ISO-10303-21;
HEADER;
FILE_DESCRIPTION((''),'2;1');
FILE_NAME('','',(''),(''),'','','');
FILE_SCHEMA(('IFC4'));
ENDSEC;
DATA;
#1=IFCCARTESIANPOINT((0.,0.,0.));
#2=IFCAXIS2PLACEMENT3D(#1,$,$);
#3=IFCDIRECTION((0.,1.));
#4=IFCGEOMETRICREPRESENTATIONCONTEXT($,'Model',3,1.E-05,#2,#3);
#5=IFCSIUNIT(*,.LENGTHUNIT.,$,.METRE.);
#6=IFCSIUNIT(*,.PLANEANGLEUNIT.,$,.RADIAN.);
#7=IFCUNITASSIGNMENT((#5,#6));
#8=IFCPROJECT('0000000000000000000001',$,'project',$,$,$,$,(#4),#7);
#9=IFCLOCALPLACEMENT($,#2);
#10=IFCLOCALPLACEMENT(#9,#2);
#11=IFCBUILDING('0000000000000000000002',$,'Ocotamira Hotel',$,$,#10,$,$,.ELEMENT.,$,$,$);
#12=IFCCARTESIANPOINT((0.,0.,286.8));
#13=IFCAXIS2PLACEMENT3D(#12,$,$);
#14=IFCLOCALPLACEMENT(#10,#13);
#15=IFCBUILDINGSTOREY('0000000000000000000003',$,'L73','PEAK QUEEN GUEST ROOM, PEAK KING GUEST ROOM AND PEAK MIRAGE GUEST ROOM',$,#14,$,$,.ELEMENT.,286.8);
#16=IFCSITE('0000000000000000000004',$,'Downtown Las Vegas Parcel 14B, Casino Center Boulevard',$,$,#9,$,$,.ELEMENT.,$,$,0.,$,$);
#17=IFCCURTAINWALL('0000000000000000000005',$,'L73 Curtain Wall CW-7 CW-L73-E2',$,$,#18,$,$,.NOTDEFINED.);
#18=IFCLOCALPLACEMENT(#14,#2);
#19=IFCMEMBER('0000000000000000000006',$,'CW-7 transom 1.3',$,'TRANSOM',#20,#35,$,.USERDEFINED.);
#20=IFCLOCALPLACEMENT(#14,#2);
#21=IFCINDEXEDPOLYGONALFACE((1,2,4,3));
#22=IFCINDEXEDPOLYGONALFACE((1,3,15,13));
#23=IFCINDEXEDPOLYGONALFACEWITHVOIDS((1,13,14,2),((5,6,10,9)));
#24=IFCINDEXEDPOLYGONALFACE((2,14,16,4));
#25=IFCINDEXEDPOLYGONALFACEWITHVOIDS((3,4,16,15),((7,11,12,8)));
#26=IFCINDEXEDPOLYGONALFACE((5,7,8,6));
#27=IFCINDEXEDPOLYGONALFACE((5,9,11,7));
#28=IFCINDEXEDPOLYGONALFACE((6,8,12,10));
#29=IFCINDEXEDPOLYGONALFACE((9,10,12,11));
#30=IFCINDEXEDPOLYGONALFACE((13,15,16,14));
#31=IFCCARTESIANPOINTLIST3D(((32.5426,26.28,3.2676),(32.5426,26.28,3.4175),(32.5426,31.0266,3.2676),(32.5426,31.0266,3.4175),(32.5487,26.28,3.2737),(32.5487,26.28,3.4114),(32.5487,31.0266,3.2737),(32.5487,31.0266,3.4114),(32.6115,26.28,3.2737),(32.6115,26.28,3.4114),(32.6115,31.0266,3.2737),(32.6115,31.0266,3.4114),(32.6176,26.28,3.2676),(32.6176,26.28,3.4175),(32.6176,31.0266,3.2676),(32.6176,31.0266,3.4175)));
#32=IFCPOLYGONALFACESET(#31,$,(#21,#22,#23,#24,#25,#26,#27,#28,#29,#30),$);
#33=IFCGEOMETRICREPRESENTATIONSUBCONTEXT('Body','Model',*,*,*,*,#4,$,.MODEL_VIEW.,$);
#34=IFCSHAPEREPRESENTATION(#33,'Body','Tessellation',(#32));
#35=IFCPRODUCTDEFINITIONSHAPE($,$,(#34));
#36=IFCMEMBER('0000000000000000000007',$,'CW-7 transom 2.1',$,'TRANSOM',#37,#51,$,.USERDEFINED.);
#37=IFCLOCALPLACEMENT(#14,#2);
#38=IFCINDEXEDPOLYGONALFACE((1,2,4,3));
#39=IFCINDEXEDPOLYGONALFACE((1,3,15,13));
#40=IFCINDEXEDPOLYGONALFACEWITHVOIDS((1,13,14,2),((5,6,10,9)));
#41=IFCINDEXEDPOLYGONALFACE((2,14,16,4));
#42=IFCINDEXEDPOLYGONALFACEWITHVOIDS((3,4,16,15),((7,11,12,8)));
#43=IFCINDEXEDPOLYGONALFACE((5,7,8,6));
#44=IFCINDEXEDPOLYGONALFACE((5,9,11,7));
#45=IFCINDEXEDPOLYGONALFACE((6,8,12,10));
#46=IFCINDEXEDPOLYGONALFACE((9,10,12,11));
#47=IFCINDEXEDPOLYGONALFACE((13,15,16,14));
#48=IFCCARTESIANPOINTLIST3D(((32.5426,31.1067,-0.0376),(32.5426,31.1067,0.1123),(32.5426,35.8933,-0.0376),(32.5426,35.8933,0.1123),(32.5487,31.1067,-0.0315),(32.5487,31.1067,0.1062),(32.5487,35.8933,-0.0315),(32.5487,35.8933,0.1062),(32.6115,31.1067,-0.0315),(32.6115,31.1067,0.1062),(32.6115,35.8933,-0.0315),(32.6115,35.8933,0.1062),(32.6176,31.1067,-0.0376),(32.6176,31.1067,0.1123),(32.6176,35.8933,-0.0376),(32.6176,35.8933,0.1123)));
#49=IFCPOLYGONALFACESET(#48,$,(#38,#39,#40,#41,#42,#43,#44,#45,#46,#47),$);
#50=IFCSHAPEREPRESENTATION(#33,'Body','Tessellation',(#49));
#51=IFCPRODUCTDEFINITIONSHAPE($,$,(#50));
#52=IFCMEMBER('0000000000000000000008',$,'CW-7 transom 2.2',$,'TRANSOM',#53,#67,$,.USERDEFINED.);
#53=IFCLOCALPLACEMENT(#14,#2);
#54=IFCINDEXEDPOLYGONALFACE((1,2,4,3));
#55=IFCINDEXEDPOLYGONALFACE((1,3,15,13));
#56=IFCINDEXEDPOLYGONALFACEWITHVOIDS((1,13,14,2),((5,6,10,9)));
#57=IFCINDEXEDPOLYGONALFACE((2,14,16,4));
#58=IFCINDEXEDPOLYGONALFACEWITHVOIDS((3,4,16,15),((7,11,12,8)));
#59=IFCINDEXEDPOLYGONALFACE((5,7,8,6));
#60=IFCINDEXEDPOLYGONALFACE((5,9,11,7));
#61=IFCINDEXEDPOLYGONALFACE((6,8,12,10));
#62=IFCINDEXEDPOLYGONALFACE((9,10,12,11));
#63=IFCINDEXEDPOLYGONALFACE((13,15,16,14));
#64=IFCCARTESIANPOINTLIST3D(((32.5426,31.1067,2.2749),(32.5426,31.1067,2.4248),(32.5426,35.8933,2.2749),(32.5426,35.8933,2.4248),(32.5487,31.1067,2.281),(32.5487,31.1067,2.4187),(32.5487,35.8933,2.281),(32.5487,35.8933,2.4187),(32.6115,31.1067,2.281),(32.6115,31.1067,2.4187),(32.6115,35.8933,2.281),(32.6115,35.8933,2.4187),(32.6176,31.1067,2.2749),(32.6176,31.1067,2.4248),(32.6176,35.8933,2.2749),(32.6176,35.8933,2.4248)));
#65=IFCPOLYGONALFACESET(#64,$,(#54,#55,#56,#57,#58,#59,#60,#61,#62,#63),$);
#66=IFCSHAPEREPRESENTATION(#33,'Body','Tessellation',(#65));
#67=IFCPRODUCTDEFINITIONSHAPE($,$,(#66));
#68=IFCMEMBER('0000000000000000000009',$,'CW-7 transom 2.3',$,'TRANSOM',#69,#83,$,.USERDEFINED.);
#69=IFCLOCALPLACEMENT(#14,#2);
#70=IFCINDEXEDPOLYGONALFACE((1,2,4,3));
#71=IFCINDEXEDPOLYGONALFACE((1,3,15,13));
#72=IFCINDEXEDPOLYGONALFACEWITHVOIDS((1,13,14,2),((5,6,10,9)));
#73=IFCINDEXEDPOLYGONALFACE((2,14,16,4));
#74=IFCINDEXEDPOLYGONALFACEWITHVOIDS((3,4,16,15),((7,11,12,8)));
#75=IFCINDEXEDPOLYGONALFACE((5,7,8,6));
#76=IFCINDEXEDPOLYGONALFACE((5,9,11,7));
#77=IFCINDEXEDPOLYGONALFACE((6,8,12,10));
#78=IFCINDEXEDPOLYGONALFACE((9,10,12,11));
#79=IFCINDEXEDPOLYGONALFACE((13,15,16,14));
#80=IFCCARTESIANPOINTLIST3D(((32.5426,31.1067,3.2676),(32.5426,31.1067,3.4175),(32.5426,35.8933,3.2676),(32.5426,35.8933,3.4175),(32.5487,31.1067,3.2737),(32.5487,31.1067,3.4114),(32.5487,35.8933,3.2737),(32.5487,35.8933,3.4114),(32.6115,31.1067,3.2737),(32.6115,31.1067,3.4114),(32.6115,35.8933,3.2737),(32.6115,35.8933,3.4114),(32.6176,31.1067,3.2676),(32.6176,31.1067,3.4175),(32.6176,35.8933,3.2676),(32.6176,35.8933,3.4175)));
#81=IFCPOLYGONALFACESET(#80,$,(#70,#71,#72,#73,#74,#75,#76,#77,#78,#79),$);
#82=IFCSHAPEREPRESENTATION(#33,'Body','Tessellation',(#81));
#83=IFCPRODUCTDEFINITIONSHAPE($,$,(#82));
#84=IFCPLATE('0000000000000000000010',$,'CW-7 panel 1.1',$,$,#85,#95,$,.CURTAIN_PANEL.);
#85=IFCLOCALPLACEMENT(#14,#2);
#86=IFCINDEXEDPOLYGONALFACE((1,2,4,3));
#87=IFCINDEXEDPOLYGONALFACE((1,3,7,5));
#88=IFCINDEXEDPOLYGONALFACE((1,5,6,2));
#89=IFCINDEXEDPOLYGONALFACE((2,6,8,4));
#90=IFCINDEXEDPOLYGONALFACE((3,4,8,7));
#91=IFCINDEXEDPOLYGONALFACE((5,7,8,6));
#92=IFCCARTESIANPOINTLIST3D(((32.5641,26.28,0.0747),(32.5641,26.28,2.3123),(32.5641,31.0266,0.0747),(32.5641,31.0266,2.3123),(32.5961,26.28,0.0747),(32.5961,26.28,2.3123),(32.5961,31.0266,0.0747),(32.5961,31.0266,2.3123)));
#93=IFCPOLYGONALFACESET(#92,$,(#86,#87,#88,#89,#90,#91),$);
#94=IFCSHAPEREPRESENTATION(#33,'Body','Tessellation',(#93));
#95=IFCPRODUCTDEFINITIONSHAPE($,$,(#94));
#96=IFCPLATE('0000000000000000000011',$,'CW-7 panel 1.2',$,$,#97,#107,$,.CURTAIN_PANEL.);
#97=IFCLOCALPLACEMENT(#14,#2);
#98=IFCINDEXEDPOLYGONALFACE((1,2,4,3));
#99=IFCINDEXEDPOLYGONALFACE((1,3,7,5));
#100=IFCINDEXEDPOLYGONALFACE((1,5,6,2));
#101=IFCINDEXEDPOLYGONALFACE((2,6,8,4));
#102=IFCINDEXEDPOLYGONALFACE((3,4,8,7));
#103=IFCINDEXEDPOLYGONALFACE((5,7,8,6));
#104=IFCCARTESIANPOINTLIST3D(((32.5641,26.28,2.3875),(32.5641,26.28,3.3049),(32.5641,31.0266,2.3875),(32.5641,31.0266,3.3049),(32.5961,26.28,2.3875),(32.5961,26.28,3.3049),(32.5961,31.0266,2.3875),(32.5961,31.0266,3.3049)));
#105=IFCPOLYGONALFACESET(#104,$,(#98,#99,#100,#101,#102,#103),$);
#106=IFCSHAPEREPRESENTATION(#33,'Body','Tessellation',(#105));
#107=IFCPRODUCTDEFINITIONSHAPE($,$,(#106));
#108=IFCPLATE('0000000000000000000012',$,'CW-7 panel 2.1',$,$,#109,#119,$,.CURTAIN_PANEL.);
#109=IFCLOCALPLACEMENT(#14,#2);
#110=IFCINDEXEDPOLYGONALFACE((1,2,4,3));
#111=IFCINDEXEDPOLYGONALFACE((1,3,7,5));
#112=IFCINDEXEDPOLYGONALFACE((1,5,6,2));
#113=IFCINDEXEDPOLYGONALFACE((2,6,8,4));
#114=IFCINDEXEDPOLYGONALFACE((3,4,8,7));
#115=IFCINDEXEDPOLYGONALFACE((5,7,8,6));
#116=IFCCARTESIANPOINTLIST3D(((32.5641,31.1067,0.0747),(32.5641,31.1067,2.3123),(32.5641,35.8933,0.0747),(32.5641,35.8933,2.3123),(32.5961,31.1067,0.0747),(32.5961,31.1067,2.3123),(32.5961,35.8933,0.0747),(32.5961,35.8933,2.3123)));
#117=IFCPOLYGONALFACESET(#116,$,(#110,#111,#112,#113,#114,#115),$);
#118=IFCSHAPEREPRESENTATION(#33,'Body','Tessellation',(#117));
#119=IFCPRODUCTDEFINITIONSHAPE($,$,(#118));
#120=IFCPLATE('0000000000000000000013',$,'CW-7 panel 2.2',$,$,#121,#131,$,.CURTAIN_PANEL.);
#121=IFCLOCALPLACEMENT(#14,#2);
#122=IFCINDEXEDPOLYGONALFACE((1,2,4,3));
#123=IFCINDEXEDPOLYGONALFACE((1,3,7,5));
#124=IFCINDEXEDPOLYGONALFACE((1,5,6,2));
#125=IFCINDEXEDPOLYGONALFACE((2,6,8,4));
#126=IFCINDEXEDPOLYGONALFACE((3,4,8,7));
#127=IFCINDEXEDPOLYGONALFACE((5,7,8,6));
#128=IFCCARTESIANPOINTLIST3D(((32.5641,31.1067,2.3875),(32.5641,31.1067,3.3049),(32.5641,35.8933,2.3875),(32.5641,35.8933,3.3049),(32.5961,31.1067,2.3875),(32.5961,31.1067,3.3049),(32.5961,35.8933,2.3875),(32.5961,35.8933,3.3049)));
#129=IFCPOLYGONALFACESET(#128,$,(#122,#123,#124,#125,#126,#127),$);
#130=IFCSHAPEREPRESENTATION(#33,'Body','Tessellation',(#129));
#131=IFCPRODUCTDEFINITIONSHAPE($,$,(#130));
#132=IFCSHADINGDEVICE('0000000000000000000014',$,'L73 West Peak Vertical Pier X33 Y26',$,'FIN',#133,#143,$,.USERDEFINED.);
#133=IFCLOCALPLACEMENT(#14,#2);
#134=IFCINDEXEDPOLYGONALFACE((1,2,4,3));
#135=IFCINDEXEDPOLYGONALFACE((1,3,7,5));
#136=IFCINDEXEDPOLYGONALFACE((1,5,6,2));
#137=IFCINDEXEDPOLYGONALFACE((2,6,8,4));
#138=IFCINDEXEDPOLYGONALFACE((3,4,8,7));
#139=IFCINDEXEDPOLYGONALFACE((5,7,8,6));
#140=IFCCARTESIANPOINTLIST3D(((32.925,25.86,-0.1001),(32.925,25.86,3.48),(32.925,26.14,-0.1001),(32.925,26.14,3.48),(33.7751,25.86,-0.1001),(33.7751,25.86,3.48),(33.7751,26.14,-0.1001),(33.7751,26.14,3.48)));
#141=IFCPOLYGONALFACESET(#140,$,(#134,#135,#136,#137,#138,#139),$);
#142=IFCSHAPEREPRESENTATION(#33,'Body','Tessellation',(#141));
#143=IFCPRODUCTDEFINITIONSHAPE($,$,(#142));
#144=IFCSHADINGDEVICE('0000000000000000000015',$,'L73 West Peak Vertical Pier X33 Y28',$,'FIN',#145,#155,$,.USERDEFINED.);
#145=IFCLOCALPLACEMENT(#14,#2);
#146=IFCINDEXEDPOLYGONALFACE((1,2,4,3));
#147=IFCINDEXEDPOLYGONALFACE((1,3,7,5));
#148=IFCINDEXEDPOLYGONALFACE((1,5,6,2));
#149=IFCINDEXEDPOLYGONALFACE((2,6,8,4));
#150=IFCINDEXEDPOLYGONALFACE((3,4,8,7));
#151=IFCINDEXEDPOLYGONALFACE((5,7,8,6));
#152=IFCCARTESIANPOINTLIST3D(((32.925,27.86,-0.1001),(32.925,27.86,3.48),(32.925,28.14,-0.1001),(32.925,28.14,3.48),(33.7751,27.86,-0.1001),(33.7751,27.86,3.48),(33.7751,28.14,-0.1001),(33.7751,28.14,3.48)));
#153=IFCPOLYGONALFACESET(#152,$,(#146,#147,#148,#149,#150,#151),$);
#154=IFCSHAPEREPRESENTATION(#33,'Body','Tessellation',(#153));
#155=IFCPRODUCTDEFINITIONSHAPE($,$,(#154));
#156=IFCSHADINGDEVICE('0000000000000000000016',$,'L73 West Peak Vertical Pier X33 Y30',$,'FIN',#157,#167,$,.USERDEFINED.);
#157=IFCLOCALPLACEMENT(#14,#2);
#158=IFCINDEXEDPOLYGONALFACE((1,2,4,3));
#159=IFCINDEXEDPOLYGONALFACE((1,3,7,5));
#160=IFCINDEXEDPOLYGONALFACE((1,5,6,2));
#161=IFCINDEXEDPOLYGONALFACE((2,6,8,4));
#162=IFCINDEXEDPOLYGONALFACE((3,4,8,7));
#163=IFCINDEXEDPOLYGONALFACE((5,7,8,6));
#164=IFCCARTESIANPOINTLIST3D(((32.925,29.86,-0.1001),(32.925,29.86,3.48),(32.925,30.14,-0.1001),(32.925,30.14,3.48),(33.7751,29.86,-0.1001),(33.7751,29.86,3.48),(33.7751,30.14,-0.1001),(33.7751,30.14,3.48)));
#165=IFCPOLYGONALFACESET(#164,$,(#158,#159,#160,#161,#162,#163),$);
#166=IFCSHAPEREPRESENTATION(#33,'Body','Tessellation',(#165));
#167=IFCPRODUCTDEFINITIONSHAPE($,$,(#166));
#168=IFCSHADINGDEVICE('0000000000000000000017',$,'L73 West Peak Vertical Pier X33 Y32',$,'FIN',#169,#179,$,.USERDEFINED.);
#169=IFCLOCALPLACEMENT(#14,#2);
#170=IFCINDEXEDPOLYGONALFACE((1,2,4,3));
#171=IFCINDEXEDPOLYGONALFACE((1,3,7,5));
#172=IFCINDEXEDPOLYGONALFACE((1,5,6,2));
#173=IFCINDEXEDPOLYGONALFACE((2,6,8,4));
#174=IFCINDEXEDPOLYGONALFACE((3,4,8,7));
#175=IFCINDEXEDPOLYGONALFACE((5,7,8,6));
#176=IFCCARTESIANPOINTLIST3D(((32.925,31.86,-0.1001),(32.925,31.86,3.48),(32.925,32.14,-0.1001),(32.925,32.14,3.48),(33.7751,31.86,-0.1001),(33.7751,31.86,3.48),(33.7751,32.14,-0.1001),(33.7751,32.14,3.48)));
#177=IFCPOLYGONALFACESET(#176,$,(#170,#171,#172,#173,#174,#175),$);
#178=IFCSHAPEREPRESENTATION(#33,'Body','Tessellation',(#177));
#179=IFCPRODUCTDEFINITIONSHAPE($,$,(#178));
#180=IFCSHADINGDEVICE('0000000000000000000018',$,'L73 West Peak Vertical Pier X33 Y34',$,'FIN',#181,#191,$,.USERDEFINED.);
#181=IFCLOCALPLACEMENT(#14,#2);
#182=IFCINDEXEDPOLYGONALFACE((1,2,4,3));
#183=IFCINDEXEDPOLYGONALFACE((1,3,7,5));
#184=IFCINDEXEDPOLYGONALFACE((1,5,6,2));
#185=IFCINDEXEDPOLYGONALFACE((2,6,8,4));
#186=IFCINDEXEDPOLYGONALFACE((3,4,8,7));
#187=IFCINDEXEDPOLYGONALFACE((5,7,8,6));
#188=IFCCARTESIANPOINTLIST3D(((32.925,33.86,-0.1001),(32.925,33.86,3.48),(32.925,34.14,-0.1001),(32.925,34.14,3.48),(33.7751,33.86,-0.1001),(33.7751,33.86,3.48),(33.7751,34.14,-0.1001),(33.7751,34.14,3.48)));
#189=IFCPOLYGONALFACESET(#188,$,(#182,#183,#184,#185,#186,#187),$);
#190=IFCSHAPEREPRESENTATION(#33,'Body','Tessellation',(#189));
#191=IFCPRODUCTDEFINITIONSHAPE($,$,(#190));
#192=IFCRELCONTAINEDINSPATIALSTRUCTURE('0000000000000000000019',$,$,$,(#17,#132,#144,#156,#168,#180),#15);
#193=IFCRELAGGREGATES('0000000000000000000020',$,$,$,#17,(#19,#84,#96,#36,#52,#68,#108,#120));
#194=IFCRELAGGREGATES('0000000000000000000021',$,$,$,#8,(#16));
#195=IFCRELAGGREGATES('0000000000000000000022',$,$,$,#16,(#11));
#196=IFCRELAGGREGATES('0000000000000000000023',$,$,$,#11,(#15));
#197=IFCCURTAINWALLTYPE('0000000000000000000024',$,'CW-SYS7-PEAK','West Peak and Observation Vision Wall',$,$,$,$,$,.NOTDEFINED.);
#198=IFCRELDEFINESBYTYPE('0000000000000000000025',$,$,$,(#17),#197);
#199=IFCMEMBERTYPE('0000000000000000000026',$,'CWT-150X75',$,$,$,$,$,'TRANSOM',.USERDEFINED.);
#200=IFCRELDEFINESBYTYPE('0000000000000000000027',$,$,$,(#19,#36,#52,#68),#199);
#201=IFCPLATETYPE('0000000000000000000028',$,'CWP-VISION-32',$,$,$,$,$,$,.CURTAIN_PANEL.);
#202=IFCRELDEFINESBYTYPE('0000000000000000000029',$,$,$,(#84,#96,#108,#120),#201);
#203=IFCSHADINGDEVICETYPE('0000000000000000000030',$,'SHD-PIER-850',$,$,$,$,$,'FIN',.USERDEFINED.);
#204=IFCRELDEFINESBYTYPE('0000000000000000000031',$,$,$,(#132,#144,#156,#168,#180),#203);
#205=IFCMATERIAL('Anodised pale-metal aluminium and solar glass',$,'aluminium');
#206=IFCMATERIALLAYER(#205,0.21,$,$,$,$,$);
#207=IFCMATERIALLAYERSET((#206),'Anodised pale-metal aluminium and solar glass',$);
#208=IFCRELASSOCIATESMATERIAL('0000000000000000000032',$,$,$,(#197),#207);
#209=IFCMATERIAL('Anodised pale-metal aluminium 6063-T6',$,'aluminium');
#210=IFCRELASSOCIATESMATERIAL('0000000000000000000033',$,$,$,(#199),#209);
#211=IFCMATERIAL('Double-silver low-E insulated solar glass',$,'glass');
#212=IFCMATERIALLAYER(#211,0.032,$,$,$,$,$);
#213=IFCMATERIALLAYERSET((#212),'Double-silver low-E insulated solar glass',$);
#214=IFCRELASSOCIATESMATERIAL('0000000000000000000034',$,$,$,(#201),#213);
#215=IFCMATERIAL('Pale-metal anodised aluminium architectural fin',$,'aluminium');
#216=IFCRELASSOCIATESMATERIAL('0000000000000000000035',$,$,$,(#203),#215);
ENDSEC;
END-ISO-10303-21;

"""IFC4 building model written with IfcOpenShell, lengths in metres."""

from ifc_helpers import new_model, si_unit, direction, frame, origin, origin_2d, place, context, subcontext, project, spatial, rectangle, hollow_rectangle, extrude, source, transform, mapped, material, layer, layer_set, material_profile, profile_set, type_object, element, aggregate, save


model = new_model("IFC4")

# Units and contexts
model_context = context("Model", 3, precision=1e-05, world=origin(), true_north=direction((0.0, 1.0)))
body_context = subcontext(model_context, "Body", "Model", "MODEL_VIEW")
ifc_project = project(units=[si_unit("LENGTHUNIT", "METRE"), si_unit("PLANEANGLEUNIT", "RADIAN")], contexts=[model_context])

# Site, building, storey
site_placement = place(None, origin())
site = spatial("IfcSite", under=ifc_project, at=site_placement, Name="Downtown Las Vegas Parcel 14B, Casino Center Boulevard", CompositionType="ELEMENT", RefElevation=0.0)
building_placement = place(site_placement, origin())
building = spatial("IfcBuilding", under=site, at=building_placement, Name="Ocotamira Hotel", CompositionType="ELEMENT")
storey_placement = place(building_placement, frame((0.0, 0.0, 286.8)))
storey = spatial("IfcBuildingStorey", under=building, at=storey_placement, Name="L73", Description="PEAK QUEEN GUEST ROOM, PEAK KING GUEST ROOM AND PEAK MIRAGE GUEST ROOM", CompositionType="ELEMENT", Elevation=286.8)

# Shared definitions
ifc_material_1 = material(Name="Anodised pale-metal aluminium and solar glass", Category="aluminium")
ifc_layer_1 = layer(ifc_material_1, 0.21)
ifc_layer_set_1 = layer_set([ifc_layer_1], Name="Anodised pale-metal aluminium and solar glass")
curtain_wall_type = type_object("IfcCurtainWallType", Name="CW-SYS7-PEAK", Description="West Peak and Observation Vision Wall", PredefinedType="NOTDEFINED", material=ifc_layer_set_1)
ifc_material_2 = material(Name="Anodised pale-metal aluminium 6063-T6", Category="aluminium")

# Curtain wall, members, plates
curtain_wall_1_placement = place(storey_placement, origin())
curtain_wall_1 = element("IfcCurtainWall", 1, at=curtain_wall_1_placement, inside=storey, type_object=curtain_wall_type, Name="L73 Curtain Wall CW-7 CW-L73-E2", PredefinedType="NOTDEFINED")
ifc_material_profile_1 = material_profile(ifc_material_2, hollow_rectangle(XDim=0.075, YDim=0.1499, WallThickness=0.0061, at=origin_2d()), Name="HSS150X75X6")
ifc_profile_set_1 = profile_set([ifc_material_profile_1], Name="Anodised pale-metal aluminium 6063-T6")
member_type_1 = type_object("IfcMemberType", Name="CWT-150X75", ElementType="TRANSOM", PredefinedType="USERDEFINED", material=ifc_profile_set_1)
shared_shape_1 = source(origin(), body_context, "Body", "SweptSolid", [
    extrude(hollow_rectangle(XDim=0.075, YDim=0.1499, WallThickness=0.0061, at=origin_2d()), origin(), (0.0, 0.0, 1.0), 4.7466),
])
member_1_placement = place(storey_placement, frame((32.5801, 26.28, 3.3425), z_axis=(0.0, 1.0, 0.0), x_axis=(-1.0, 0.0, 0.0)))
member_1 = element("IfcMember", 2, at=member_1_placement, type_object=member_type_1, Name="CW-7 transom 1.3", ObjectType="TRANSOM", PredefinedType="USERDEFINED", context=body_context, shape_type="MappedRepresentation", body=[
    mapped(shared_shape_1, transform((0.0, 0.0, 0.0), scale=1.0)),
])
shared_shape_2 = source(origin(), body_context, "Body", "SweptSolid", [
    extrude(hollow_rectangle(XDim=0.075, YDim=0.1499, WallThickness=0.0061, at=origin_2d()), origin(), (0.0, 0.0, 1.0), 4.7866),
])
member_2_placement = place(storey_placement, frame((32.5801, 31.1067, 0.0374), z_axis=(0.0, 1.0, 0.0), x_axis=(-1.0, 0.0, 0.0)))
member_2 = element("IfcMember", 3, at=member_2_placement, type_object=member_type_1, Name="CW-7 transom 2.1", ObjectType="TRANSOM", PredefinedType="USERDEFINED", context=body_context, shape_type="MappedRepresentation", body=[
    mapped(shared_shape_2, transform((0.0, 0.0, 0.0), scale=1.0)),
])
member_3_placement = place(storey_placement, frame((32.5801, 31.1067, 2.3499), z_axis=(0.0, 1.0, 0.0), x_axis=(-1.0, 0.0, 0.0)))
member_3 = element("IfcMember", 4, at=member_3_placement, type_object=member_type_1, Name="CW-7 transom 2.2", ObjectType="TRANSOM", PredefinedType="USERDEFINED", context=body_context, shape_type="MappedRepresentation", body=[
    mapped(shared_shape_2, transform((0.0, 0.0, 0.0), scale=1.0)),
])
member_4_placement = place(storey_placement, frame((32.5801, 31.1067, 3.3425), z_axis=(0.0, 1.0, 0.0), x_axis=(-1.0, 0.0, 0.0)))
member_4 = element("IfcMember", 5, at=member_4_placement, type_object=member_type_1, Name="CW-7 transom 2.3", ObjectType="TRANSOM", PredefinedType="USERDEFINED", context=body_context, shape_type="MappedRepresentation", body=[
    mapped(shared_shape_2, transform((0.0, 0.0, 0.0), scale=1.0)),
])
ifc_material_3 = material(Name="Double-silver low-E insulated solar glass", Category="glass")
ifc_layer_2 = layer(ifc_material_3, 0.032)
ifc_layer_set_2 = layer_set([ifc_layer_2], Name="Double-silver low-E insulated solar glass")
plate_type = type_object("IfcPlateType", Name="CWP-VISION-32", PredefinedType="CURTAIN_PANEL", material=ifc_layer_set_2)
shared_shape_3 = source(origin(), body_context, "Body", "SweptSolid", [
    extrude(rectangle(XDim=4.7466, YDim=0.032, at=origin_2d()), origin(), (0.0, 0.0, 1.0), 2.2375),
])
plate_1_placement = place(storey_placement, frame((32.5801, 28.6533, 0.0747), z_axis=(0.0, 0.0, 1.0), x_axis=(0.0, 1.0, 0.0)))
plate_1 = element("IfcPlate", 6, at=plate_1_placement, type_object=plate_type, Name="CW-7 panel 1.1", PredefinedType="CURTAIN_PANEL", context=body_context, shape_type="MappedRepresentation", body=[
    mapped(shared_shape_3, transform((0.0, 0.0, 0.0), scale=1.0)),
])
shared_shape_4 = source(origin(), body_context, "Body", "SweptSolid", [
    extrude(rectangle(XDim=4.7466, YDim=0.032, at=origin_2d()), origin(), (0.0, 0.0, 1.0), 0.9175),
])
plate_2_placement = place(storey_placement, frame((32.5801, 28.6533, 2.3875), z_axis=(0.0, 0.0, 1.0), x_axis=(0.0, 1.0, 0.0)))
plate_2 = element("IfcPlate", 7, at=plate_2_placement, type_object=plate_type, Name="CW-7 panel 1.2", PredefinedType="CURTAIN_PANEL", context=body_context, shape_type="MappedRepresentation", body=[
    mapped(shared_shape_4, transform((0.0, 0.0, 0.0), scale=1.0)),
])
shared_shape_5 = source(origin(), body_context, "Body", "SweptSolid", [
    extrude(rectangle(XDim=4.7866, YDim=0.032, at=origin_2d()), origin(), (0.0, 0.0, 1.0), 2.2375),
])
plate_3_placement = place(storey_placement, frame((32.5801, 33.5, 0.0747), z_axis=(0.0, 0.0, 1.0), x_axis=(0.0, 1.0, 0.0)))
plate_3 = element("IfcPlate", 8, at=plate_3_placement, type_object=plate_type, Name="CW-7 panel 2.1", PredefinedType="CURTAIN_PANEL", context=body_context, shape_type="MappedRepresentation", body=[
    mapped(shared_shape_5, transform((0.0, 0.0, 0.0), scale=1.0)),
])
shared_shape_6 = source(origin(), body_context, "Body", "SweptSolid", [
    extrude(rectangle(XDim=4.7866, YDim=0.032, at=origin_2d()), origin(), (0.0, 0.0, 1.0), 0.9175),
])
plate_4_placement = place(storey_placement, frame((32.5801, 33.5, 2.3875), z_axis=(0.0, 0.0, 1.0), x_axis=(0.0, 1.0, 0.0)))
plate_4 = element("IfcPlate", 9, at=plate_4_placement, type_object=plate_type, Name="CW-7 panel 2.2", PredefinedType="CURTAIN_PANEL", context=body_context, shape_type="MappedRepresentation", body=[
    mapped(shared_shape_6, transform((0.0, 0.0, 0.0), scale=1.0)),
])
aggregate(curtain_wall_1, [member_1, plate_1, plate_2, member_2, member_3, member_4, plate_3, plate_4])

# Shading devices
ifc_material_4 = material(Name="Pale-metal anodised aluminium architectural fin", Category="aluminium")
shading_device_type = type_object("IfcShadingDeviceType", Name="SHD-PIER-850", ElementType="FIN", PredefinedType="USERDEFINED", material=ifc_material_4)
shared_shape_7 = source(origin(), body_context, "Body", "SweptSolid", [
    extrude(rectangle(XDim=0.8501, YDim=0.28, at=origin_2d()), origin(), (0.0, 0.0, 1.0), 3.5801),
])
for number, where, z_axis, x_axis, name in (
    (10, (33.3501, 26.0, -0.1001), (0.0, 0.0, 1.0), (1.0, 0.0, 0.0), "L73 West Peak Vertical Pier X33 Y26"),
    (11, (33.3501, 28.0, -0.1001), (0.0, 0.0, 1.0), (1.0, 0.0, 0.0), "L73 West Peak Vertical Pier X33 Y28"),
    (12, (33.3501, 30.0, -0.1001), (0.0, 0.0, 1.0), (1.0, 0.0, 0.0), "L73 West Peak Vertical Pier X33 Y30"),
    (13, (33.3501, 32.0, -0.1001), (0.0, 0.0, 1.0), (1.0, 0.0, 0.0), "L73 West Peak Vertical Pier X33 Y32"),
    (14, (33.3501, 34.0, -0.1001), (0.0, 0.0, 1.0), (1.0, 0.0, 0.0), "L73 West Peak Vertical Pier X33 Y34"),
):
    element("IfcShadingDevice", number, at=place(storey_placement, frame(where, z_axis=z_axis, x_axis=x_axis)), inside=storey, type_object=shading_device_type, Name=name, ObjectType="FIN", PredefinedType="USERDEFINED", context=body_context, shape_type="MappedRepresentation", body=[
        mapped(shared_shape_7, transform((0.0, 0.0, 0.0), scale=1.0)),
    ])

save(model, "model.ifc")
